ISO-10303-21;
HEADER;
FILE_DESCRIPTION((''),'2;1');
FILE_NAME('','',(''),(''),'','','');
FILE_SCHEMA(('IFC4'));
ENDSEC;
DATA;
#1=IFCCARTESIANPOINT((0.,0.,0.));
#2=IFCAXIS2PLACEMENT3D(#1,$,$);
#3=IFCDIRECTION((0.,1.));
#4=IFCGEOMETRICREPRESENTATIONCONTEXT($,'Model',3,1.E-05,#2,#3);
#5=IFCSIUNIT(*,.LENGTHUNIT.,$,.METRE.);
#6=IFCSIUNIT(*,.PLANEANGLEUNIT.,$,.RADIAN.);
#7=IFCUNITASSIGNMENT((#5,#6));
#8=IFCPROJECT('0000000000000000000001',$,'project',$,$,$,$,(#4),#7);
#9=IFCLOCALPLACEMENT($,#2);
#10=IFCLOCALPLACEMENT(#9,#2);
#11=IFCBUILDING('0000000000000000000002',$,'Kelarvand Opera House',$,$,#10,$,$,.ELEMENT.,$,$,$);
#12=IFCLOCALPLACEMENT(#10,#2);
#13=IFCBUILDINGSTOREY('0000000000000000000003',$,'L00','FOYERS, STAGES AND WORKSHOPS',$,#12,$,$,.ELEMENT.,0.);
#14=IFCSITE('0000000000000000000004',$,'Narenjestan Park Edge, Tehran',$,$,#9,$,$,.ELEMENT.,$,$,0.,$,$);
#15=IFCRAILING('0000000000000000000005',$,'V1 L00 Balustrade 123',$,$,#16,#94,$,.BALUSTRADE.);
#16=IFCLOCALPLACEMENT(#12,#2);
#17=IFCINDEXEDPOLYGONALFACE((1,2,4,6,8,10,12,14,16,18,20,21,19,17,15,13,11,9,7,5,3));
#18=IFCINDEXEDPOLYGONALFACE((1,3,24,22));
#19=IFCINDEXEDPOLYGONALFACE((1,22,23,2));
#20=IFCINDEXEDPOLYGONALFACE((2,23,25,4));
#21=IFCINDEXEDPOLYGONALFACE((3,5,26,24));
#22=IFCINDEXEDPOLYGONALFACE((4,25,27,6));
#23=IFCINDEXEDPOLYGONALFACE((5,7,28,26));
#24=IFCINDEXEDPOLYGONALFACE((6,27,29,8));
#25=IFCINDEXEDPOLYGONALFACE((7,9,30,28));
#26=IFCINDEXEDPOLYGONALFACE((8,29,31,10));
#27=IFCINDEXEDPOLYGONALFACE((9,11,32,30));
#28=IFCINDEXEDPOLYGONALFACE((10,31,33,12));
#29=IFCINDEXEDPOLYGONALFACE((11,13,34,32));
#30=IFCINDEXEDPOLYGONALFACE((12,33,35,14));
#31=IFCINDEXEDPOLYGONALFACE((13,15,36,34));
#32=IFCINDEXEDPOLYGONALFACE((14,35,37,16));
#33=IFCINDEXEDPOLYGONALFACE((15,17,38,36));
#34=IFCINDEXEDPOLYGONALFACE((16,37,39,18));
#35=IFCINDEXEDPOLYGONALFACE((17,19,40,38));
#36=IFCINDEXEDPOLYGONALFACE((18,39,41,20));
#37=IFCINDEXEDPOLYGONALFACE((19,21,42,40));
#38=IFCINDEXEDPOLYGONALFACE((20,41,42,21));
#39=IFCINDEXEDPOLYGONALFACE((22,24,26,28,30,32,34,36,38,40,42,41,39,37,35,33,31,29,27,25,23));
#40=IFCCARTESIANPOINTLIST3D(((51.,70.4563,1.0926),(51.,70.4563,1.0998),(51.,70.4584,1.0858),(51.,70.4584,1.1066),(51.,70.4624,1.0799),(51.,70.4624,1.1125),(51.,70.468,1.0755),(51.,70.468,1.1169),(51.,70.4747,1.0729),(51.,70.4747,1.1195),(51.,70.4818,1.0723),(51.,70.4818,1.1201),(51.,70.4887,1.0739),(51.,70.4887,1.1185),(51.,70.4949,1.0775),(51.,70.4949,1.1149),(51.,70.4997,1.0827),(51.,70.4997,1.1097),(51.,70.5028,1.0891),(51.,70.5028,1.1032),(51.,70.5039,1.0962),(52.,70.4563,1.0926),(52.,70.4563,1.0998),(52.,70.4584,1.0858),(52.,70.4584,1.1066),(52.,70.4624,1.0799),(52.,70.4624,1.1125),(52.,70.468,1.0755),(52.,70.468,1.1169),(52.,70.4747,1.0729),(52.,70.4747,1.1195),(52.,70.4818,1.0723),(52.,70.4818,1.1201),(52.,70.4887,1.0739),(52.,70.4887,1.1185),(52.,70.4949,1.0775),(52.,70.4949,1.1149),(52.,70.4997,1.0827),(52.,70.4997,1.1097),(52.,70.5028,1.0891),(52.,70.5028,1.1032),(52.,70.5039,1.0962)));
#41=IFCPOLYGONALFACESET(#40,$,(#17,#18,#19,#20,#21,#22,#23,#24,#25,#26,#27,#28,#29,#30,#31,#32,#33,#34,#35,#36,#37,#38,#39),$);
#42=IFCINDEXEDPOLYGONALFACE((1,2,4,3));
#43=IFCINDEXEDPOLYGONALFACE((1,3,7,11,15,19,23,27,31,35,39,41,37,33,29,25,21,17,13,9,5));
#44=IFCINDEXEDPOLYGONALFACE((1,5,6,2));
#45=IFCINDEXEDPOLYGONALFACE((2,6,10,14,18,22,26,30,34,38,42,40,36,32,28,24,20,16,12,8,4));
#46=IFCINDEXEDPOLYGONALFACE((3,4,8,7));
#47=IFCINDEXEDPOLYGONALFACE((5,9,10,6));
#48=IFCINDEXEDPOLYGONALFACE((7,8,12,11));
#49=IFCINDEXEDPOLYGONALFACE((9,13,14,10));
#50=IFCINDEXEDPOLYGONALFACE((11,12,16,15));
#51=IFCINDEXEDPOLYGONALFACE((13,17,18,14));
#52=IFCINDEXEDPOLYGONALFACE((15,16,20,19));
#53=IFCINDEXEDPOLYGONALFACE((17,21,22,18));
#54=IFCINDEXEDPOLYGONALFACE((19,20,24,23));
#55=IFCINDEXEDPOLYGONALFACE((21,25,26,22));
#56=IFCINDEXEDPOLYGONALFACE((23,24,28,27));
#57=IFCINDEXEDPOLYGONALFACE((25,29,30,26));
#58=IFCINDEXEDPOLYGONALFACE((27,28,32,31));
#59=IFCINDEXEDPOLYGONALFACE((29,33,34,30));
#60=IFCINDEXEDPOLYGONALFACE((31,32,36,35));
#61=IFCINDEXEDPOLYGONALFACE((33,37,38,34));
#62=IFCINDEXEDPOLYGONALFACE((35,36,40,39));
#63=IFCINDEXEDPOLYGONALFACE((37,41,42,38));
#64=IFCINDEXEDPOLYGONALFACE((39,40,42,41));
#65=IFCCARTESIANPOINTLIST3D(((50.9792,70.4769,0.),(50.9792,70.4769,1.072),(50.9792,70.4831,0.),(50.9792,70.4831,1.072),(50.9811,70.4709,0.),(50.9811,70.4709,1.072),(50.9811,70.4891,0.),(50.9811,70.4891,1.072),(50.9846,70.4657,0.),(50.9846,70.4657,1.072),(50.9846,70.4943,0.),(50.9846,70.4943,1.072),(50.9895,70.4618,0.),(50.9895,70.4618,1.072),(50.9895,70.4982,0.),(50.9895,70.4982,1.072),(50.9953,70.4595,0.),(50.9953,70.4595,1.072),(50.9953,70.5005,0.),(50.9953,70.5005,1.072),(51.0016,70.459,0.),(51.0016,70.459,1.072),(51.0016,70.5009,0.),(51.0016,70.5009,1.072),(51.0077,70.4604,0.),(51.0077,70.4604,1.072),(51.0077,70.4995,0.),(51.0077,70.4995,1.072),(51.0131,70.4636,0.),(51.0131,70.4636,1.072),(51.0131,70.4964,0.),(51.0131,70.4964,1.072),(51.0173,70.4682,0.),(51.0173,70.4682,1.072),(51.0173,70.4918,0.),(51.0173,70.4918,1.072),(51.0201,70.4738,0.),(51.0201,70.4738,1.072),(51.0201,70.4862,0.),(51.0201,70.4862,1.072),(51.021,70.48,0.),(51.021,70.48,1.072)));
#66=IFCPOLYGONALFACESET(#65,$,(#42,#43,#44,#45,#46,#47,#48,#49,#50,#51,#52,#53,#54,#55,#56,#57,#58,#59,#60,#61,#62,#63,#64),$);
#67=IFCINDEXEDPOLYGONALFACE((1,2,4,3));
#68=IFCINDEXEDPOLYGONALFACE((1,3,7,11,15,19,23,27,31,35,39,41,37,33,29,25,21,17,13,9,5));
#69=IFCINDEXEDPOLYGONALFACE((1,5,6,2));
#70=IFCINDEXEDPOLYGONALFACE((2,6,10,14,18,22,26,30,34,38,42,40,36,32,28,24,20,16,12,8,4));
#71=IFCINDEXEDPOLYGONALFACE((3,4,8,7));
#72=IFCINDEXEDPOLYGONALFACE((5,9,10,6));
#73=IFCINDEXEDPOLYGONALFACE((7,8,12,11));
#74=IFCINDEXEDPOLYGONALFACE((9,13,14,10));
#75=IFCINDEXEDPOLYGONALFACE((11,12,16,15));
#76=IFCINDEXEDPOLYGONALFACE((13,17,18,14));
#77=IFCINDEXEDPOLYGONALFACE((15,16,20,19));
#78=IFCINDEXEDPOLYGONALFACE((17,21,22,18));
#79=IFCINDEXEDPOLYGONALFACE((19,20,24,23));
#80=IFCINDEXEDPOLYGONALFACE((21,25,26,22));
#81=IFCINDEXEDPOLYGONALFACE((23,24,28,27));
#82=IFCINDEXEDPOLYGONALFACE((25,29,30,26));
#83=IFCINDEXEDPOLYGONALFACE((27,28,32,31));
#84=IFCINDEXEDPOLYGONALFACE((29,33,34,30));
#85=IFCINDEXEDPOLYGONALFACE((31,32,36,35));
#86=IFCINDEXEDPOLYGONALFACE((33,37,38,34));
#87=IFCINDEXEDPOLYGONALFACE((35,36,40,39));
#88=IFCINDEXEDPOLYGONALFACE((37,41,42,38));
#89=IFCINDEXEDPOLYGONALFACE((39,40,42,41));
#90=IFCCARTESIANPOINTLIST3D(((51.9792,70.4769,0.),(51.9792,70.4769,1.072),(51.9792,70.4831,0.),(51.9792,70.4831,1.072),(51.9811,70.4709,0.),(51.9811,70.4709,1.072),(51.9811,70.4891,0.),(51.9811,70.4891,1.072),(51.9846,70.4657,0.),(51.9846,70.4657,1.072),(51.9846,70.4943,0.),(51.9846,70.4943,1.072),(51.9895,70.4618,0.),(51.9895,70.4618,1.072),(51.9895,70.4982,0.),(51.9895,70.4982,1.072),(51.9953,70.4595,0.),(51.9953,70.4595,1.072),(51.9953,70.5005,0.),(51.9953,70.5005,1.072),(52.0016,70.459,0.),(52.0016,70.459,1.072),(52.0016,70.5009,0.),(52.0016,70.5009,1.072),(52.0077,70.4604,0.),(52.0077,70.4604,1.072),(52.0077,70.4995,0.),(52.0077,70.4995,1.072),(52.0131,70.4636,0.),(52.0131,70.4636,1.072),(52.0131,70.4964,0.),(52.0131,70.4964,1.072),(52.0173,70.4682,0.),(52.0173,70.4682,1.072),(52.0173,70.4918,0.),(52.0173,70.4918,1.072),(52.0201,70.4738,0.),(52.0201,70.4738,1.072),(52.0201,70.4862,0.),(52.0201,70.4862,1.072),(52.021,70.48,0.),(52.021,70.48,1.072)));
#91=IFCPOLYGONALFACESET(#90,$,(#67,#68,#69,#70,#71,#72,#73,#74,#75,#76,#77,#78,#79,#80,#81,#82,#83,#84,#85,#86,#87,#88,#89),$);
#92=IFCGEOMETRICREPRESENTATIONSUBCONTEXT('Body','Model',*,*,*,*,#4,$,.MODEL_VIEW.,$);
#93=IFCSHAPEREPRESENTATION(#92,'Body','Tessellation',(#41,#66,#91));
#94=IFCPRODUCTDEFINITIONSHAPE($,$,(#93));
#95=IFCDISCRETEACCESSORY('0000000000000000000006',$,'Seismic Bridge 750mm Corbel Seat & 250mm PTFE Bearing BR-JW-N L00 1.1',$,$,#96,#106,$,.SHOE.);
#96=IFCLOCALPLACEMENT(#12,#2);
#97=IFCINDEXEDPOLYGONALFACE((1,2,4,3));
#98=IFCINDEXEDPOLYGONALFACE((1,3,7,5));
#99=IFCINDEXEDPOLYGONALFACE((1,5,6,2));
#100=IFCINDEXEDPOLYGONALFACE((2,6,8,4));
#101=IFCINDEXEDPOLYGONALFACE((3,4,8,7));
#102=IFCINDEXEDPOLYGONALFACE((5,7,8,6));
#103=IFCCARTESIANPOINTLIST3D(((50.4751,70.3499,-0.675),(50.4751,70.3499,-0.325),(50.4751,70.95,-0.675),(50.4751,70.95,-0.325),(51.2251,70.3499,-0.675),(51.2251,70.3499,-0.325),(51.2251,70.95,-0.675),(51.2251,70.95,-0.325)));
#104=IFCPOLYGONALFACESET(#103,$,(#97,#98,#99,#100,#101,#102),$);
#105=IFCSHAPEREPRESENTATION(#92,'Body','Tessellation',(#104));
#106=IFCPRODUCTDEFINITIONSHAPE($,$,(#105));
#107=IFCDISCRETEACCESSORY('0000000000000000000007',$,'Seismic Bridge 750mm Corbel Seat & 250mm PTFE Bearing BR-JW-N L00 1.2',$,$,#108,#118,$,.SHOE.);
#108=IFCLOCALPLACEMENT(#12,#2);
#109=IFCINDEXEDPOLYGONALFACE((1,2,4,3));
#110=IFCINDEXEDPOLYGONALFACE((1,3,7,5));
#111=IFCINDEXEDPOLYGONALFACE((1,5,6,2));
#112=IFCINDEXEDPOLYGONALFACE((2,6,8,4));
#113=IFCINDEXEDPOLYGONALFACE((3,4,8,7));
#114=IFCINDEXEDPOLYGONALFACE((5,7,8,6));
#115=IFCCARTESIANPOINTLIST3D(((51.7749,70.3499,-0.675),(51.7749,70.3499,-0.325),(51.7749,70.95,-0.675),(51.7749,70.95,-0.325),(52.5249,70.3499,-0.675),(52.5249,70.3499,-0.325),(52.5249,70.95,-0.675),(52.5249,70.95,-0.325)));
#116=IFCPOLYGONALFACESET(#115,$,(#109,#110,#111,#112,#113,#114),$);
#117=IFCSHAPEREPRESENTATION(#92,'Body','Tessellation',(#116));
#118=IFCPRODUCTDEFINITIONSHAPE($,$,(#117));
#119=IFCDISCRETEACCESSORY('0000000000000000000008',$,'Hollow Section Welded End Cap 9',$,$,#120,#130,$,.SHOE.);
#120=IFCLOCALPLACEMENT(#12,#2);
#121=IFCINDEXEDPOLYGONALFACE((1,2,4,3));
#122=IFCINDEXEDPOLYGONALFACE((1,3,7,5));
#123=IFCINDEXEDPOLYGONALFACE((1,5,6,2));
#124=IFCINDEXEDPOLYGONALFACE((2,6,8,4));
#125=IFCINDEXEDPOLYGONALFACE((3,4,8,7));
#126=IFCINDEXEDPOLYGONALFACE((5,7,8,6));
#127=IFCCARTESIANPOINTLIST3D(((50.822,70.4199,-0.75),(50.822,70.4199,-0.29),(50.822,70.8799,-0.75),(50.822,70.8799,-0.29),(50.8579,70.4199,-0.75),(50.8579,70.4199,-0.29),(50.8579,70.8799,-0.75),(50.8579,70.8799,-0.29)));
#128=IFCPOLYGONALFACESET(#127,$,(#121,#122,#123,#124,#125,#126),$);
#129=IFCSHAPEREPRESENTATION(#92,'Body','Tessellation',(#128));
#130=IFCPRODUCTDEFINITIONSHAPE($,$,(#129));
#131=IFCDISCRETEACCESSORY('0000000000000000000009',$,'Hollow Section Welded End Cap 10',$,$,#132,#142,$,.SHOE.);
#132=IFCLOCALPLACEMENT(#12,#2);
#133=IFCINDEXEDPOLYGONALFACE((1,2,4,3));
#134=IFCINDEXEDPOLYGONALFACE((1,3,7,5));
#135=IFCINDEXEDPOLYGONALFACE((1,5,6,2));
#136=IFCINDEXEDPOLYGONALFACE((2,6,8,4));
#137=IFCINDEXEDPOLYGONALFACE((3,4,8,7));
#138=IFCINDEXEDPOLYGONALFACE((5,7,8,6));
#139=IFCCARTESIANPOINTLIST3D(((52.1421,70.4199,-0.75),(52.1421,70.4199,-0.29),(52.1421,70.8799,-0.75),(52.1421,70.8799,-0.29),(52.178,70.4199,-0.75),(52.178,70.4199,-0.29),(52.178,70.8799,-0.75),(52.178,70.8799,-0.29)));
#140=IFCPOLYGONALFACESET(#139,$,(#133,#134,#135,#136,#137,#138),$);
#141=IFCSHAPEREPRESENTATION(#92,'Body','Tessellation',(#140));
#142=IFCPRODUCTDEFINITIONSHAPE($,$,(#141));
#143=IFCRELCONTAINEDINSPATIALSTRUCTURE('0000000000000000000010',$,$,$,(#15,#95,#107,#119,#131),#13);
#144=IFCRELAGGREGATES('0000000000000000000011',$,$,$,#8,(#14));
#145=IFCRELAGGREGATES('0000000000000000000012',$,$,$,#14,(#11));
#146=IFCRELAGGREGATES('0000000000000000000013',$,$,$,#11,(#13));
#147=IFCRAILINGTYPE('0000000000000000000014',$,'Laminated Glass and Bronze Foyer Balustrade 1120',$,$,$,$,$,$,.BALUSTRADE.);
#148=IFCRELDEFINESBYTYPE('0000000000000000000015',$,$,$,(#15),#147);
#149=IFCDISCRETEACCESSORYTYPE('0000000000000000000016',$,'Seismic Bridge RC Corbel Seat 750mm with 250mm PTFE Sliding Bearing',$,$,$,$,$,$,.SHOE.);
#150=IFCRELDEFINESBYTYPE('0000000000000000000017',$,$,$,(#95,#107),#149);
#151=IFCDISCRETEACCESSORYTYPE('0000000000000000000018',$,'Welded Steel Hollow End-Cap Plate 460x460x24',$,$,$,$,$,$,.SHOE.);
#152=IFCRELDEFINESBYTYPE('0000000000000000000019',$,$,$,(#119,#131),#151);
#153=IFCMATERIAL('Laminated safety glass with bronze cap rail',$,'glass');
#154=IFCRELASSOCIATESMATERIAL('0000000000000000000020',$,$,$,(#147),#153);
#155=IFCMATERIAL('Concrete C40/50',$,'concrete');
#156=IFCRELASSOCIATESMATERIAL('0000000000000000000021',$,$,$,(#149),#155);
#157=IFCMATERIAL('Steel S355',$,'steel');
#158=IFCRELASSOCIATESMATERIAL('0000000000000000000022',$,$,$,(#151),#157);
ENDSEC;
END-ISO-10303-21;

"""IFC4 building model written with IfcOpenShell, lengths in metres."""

from ifc_helpers import new_model, si_unit, direction, frame, origin, origin_2d, place, context, subcontext, project, spatial, rectangle, circle, extrude, material, material_profile, profile_set, type_object, element, save


model = new_model("IFC4")

# Units and contexts
model_context = context("Model", 3, precision=1e-05, world=origin(), true_north=direction((0.0, 1.0)))
body_context = subcontext(model_context, "Body", "Model", "MODEL_VIEW")
ifc_project = project(units=[si_unit("LENGTHUNIT", "METRE"), si_unit("PLANEANGLEUNIT", "RADIAN")], contexts=[model_context])

# Site, building, storey
site_placement = place(None, origin())
site = spatial("IfcSite", under=ifc_project, at=site_placement, Name="Narenjestan Park Edge, Tehran", CompositionType="ELEMENT", RefElevation=0.0)
building_placement = place(site_placement, origin())
building = spatial("IfcBuilding", under=site, at=building_placement, Name="Kelarvand Opera House", CompositionType="ELEMENT")
storey_placement = place(building_placement, origin())
storey = spatial("IfcBuildingStorey", under=building, at=storey_placement, Name="L00", Description="FOYERS, STAGES AND WORKSHOPS", CompositionType="ELEMENT", Elevation=0.0)

# Shared definitions
ifc_material_1 = material(Name="Concrete C40/50", Category="concrete")

# Shared definitions
ifc_material_2 = material(Name="Steel S355", Category="steel")

# Railing
ifc_material_3 = material(Name="Laminated safety glass with bronze cap rail", Category="glass")
railing_type = type_object("IfcRailingType", Name="Laminated Glass and Bronze Foyer Balustrade 1120", PredefinedType="BALUSTRADE", material=ifc_material_3)
railing_placement = place(storey_placement, frame((51.0, 70.48, 0.0)))
element("IfcRailing", 1, at=railing_placement, inside=storey, type_object=railing_type, Name="V1 L00 Balustrade 123", PredefinedType="BALUSTRADE", context=body_context, shape_type="SweptSolid", body=[
    extrude(circle(Radius=0.0239, at=origin_2d()), frame((0.0, 0.0, 1.0962), z_axis=(1.0, 0.0, 0.0), x_axis=(0.0, 1.0, 0.0)), (0.0, 0.0, 1.0), 1.0),
    extrude(circle(Radius=0.021, at=origin_2d()), origin(), (0.0, 0.0, 1.0), 1.072),
    extrude(circle(Radius=0.021, at=origin_2d()), frame((1.0, 0.0, 0.0)), (0.0, 0.0, 1.0), 1.072),
])

# Discrete accessories
discrete_accessory_type_1 = type_object("IfcDiscreteAccessoryType", Name="Seismic Bridge RC Corbel Seat 750mm with 250mm PTFE Sliding Bearing", PredefinedType="SHOE", material=ifc_material_1)
for number, where, z_axis, x_axis, name in (
    (2, (50.8501, 70.6499, -0.675), (0.0, 0.0, 1.0), (1.0, 0.0, 0.0), "Seismic Bridge 750mm Corbel Seat & 250mm PTFE Bearing BR-JW-N L00 1.1"),
    (3, (52.1499, 70.6499, -0.675), (0.0, 0.0, 1.0), (1.0, 0.0, 0.0), "Seismic Bridge 750mm Corbel Seat & 250mm PTFE Bearing BR-JW-N L00 1.2"),
):
    element("IfcDiscreteAccessory", number, at=place(storey_placement, frame(where, z_axis=z_axis, x_axis=x_axis)), inside=storey, type_object=discrete_accessory_type_1, Name=name, PredefinedType="SHOE", context=body_context, shape_type="SweptSolid", body=[
        extrude(rectangle(XDim=0.75, YDim=0.6001, at=origin_2d()), origin(), (0.0, 0.0, 1.0), 0.3501),
    ])
ifc_material_profile_1 = material_profile(ifc_material_2, rectangle(XDim=0.46, YDim=0.46, at=origin_2d()), Name="Welded Steel Hollow End-Cap Plate 460x460x24", Category="steel")
ifc_profile_set_1 = profile_set([ifc_material_profile_1], Name="Steel S355")
discrete_accessory_type_2 = type_object("IfcDiscreteAccessoryType", Name="Welded Steel Hollow End-Cap Plate 460x460x24", PredefinedType="SHOE", material=ifc_profile_set_1)
for number, where, z_axis, x_axis, name in (
    (4, (50.8579, 70.6499, -0.52), (-1.0, 0.0, 0.0), (0.0, -1.0, 0.0), "Hollow Section Welded End Cap 9"),
    (5, (52.1421, 70.6499, -0.52), (1.0, 0.0, 0.0), (0.0, 1.0, 0.0), "Hollow Section Welded End Cap 10"),
):
    element("IfcDiscreteAccessory", number, at=place(storey_placement, frame(where, z_axis=z_axis, x_axis=x_axis)), inside=storey, type_object=discrete_accessory_type_2, Name=name, PredefinedType="SHOE", context=body_context, shape_type="SweptSolid", body=[
        extrude(rectangle(XDim=0.46, YDim=0.46, at=origin_2d()), origin(), (0.0, 0.0, 1.0), 0.0359),
    ])

save(model, "model.ifc")
